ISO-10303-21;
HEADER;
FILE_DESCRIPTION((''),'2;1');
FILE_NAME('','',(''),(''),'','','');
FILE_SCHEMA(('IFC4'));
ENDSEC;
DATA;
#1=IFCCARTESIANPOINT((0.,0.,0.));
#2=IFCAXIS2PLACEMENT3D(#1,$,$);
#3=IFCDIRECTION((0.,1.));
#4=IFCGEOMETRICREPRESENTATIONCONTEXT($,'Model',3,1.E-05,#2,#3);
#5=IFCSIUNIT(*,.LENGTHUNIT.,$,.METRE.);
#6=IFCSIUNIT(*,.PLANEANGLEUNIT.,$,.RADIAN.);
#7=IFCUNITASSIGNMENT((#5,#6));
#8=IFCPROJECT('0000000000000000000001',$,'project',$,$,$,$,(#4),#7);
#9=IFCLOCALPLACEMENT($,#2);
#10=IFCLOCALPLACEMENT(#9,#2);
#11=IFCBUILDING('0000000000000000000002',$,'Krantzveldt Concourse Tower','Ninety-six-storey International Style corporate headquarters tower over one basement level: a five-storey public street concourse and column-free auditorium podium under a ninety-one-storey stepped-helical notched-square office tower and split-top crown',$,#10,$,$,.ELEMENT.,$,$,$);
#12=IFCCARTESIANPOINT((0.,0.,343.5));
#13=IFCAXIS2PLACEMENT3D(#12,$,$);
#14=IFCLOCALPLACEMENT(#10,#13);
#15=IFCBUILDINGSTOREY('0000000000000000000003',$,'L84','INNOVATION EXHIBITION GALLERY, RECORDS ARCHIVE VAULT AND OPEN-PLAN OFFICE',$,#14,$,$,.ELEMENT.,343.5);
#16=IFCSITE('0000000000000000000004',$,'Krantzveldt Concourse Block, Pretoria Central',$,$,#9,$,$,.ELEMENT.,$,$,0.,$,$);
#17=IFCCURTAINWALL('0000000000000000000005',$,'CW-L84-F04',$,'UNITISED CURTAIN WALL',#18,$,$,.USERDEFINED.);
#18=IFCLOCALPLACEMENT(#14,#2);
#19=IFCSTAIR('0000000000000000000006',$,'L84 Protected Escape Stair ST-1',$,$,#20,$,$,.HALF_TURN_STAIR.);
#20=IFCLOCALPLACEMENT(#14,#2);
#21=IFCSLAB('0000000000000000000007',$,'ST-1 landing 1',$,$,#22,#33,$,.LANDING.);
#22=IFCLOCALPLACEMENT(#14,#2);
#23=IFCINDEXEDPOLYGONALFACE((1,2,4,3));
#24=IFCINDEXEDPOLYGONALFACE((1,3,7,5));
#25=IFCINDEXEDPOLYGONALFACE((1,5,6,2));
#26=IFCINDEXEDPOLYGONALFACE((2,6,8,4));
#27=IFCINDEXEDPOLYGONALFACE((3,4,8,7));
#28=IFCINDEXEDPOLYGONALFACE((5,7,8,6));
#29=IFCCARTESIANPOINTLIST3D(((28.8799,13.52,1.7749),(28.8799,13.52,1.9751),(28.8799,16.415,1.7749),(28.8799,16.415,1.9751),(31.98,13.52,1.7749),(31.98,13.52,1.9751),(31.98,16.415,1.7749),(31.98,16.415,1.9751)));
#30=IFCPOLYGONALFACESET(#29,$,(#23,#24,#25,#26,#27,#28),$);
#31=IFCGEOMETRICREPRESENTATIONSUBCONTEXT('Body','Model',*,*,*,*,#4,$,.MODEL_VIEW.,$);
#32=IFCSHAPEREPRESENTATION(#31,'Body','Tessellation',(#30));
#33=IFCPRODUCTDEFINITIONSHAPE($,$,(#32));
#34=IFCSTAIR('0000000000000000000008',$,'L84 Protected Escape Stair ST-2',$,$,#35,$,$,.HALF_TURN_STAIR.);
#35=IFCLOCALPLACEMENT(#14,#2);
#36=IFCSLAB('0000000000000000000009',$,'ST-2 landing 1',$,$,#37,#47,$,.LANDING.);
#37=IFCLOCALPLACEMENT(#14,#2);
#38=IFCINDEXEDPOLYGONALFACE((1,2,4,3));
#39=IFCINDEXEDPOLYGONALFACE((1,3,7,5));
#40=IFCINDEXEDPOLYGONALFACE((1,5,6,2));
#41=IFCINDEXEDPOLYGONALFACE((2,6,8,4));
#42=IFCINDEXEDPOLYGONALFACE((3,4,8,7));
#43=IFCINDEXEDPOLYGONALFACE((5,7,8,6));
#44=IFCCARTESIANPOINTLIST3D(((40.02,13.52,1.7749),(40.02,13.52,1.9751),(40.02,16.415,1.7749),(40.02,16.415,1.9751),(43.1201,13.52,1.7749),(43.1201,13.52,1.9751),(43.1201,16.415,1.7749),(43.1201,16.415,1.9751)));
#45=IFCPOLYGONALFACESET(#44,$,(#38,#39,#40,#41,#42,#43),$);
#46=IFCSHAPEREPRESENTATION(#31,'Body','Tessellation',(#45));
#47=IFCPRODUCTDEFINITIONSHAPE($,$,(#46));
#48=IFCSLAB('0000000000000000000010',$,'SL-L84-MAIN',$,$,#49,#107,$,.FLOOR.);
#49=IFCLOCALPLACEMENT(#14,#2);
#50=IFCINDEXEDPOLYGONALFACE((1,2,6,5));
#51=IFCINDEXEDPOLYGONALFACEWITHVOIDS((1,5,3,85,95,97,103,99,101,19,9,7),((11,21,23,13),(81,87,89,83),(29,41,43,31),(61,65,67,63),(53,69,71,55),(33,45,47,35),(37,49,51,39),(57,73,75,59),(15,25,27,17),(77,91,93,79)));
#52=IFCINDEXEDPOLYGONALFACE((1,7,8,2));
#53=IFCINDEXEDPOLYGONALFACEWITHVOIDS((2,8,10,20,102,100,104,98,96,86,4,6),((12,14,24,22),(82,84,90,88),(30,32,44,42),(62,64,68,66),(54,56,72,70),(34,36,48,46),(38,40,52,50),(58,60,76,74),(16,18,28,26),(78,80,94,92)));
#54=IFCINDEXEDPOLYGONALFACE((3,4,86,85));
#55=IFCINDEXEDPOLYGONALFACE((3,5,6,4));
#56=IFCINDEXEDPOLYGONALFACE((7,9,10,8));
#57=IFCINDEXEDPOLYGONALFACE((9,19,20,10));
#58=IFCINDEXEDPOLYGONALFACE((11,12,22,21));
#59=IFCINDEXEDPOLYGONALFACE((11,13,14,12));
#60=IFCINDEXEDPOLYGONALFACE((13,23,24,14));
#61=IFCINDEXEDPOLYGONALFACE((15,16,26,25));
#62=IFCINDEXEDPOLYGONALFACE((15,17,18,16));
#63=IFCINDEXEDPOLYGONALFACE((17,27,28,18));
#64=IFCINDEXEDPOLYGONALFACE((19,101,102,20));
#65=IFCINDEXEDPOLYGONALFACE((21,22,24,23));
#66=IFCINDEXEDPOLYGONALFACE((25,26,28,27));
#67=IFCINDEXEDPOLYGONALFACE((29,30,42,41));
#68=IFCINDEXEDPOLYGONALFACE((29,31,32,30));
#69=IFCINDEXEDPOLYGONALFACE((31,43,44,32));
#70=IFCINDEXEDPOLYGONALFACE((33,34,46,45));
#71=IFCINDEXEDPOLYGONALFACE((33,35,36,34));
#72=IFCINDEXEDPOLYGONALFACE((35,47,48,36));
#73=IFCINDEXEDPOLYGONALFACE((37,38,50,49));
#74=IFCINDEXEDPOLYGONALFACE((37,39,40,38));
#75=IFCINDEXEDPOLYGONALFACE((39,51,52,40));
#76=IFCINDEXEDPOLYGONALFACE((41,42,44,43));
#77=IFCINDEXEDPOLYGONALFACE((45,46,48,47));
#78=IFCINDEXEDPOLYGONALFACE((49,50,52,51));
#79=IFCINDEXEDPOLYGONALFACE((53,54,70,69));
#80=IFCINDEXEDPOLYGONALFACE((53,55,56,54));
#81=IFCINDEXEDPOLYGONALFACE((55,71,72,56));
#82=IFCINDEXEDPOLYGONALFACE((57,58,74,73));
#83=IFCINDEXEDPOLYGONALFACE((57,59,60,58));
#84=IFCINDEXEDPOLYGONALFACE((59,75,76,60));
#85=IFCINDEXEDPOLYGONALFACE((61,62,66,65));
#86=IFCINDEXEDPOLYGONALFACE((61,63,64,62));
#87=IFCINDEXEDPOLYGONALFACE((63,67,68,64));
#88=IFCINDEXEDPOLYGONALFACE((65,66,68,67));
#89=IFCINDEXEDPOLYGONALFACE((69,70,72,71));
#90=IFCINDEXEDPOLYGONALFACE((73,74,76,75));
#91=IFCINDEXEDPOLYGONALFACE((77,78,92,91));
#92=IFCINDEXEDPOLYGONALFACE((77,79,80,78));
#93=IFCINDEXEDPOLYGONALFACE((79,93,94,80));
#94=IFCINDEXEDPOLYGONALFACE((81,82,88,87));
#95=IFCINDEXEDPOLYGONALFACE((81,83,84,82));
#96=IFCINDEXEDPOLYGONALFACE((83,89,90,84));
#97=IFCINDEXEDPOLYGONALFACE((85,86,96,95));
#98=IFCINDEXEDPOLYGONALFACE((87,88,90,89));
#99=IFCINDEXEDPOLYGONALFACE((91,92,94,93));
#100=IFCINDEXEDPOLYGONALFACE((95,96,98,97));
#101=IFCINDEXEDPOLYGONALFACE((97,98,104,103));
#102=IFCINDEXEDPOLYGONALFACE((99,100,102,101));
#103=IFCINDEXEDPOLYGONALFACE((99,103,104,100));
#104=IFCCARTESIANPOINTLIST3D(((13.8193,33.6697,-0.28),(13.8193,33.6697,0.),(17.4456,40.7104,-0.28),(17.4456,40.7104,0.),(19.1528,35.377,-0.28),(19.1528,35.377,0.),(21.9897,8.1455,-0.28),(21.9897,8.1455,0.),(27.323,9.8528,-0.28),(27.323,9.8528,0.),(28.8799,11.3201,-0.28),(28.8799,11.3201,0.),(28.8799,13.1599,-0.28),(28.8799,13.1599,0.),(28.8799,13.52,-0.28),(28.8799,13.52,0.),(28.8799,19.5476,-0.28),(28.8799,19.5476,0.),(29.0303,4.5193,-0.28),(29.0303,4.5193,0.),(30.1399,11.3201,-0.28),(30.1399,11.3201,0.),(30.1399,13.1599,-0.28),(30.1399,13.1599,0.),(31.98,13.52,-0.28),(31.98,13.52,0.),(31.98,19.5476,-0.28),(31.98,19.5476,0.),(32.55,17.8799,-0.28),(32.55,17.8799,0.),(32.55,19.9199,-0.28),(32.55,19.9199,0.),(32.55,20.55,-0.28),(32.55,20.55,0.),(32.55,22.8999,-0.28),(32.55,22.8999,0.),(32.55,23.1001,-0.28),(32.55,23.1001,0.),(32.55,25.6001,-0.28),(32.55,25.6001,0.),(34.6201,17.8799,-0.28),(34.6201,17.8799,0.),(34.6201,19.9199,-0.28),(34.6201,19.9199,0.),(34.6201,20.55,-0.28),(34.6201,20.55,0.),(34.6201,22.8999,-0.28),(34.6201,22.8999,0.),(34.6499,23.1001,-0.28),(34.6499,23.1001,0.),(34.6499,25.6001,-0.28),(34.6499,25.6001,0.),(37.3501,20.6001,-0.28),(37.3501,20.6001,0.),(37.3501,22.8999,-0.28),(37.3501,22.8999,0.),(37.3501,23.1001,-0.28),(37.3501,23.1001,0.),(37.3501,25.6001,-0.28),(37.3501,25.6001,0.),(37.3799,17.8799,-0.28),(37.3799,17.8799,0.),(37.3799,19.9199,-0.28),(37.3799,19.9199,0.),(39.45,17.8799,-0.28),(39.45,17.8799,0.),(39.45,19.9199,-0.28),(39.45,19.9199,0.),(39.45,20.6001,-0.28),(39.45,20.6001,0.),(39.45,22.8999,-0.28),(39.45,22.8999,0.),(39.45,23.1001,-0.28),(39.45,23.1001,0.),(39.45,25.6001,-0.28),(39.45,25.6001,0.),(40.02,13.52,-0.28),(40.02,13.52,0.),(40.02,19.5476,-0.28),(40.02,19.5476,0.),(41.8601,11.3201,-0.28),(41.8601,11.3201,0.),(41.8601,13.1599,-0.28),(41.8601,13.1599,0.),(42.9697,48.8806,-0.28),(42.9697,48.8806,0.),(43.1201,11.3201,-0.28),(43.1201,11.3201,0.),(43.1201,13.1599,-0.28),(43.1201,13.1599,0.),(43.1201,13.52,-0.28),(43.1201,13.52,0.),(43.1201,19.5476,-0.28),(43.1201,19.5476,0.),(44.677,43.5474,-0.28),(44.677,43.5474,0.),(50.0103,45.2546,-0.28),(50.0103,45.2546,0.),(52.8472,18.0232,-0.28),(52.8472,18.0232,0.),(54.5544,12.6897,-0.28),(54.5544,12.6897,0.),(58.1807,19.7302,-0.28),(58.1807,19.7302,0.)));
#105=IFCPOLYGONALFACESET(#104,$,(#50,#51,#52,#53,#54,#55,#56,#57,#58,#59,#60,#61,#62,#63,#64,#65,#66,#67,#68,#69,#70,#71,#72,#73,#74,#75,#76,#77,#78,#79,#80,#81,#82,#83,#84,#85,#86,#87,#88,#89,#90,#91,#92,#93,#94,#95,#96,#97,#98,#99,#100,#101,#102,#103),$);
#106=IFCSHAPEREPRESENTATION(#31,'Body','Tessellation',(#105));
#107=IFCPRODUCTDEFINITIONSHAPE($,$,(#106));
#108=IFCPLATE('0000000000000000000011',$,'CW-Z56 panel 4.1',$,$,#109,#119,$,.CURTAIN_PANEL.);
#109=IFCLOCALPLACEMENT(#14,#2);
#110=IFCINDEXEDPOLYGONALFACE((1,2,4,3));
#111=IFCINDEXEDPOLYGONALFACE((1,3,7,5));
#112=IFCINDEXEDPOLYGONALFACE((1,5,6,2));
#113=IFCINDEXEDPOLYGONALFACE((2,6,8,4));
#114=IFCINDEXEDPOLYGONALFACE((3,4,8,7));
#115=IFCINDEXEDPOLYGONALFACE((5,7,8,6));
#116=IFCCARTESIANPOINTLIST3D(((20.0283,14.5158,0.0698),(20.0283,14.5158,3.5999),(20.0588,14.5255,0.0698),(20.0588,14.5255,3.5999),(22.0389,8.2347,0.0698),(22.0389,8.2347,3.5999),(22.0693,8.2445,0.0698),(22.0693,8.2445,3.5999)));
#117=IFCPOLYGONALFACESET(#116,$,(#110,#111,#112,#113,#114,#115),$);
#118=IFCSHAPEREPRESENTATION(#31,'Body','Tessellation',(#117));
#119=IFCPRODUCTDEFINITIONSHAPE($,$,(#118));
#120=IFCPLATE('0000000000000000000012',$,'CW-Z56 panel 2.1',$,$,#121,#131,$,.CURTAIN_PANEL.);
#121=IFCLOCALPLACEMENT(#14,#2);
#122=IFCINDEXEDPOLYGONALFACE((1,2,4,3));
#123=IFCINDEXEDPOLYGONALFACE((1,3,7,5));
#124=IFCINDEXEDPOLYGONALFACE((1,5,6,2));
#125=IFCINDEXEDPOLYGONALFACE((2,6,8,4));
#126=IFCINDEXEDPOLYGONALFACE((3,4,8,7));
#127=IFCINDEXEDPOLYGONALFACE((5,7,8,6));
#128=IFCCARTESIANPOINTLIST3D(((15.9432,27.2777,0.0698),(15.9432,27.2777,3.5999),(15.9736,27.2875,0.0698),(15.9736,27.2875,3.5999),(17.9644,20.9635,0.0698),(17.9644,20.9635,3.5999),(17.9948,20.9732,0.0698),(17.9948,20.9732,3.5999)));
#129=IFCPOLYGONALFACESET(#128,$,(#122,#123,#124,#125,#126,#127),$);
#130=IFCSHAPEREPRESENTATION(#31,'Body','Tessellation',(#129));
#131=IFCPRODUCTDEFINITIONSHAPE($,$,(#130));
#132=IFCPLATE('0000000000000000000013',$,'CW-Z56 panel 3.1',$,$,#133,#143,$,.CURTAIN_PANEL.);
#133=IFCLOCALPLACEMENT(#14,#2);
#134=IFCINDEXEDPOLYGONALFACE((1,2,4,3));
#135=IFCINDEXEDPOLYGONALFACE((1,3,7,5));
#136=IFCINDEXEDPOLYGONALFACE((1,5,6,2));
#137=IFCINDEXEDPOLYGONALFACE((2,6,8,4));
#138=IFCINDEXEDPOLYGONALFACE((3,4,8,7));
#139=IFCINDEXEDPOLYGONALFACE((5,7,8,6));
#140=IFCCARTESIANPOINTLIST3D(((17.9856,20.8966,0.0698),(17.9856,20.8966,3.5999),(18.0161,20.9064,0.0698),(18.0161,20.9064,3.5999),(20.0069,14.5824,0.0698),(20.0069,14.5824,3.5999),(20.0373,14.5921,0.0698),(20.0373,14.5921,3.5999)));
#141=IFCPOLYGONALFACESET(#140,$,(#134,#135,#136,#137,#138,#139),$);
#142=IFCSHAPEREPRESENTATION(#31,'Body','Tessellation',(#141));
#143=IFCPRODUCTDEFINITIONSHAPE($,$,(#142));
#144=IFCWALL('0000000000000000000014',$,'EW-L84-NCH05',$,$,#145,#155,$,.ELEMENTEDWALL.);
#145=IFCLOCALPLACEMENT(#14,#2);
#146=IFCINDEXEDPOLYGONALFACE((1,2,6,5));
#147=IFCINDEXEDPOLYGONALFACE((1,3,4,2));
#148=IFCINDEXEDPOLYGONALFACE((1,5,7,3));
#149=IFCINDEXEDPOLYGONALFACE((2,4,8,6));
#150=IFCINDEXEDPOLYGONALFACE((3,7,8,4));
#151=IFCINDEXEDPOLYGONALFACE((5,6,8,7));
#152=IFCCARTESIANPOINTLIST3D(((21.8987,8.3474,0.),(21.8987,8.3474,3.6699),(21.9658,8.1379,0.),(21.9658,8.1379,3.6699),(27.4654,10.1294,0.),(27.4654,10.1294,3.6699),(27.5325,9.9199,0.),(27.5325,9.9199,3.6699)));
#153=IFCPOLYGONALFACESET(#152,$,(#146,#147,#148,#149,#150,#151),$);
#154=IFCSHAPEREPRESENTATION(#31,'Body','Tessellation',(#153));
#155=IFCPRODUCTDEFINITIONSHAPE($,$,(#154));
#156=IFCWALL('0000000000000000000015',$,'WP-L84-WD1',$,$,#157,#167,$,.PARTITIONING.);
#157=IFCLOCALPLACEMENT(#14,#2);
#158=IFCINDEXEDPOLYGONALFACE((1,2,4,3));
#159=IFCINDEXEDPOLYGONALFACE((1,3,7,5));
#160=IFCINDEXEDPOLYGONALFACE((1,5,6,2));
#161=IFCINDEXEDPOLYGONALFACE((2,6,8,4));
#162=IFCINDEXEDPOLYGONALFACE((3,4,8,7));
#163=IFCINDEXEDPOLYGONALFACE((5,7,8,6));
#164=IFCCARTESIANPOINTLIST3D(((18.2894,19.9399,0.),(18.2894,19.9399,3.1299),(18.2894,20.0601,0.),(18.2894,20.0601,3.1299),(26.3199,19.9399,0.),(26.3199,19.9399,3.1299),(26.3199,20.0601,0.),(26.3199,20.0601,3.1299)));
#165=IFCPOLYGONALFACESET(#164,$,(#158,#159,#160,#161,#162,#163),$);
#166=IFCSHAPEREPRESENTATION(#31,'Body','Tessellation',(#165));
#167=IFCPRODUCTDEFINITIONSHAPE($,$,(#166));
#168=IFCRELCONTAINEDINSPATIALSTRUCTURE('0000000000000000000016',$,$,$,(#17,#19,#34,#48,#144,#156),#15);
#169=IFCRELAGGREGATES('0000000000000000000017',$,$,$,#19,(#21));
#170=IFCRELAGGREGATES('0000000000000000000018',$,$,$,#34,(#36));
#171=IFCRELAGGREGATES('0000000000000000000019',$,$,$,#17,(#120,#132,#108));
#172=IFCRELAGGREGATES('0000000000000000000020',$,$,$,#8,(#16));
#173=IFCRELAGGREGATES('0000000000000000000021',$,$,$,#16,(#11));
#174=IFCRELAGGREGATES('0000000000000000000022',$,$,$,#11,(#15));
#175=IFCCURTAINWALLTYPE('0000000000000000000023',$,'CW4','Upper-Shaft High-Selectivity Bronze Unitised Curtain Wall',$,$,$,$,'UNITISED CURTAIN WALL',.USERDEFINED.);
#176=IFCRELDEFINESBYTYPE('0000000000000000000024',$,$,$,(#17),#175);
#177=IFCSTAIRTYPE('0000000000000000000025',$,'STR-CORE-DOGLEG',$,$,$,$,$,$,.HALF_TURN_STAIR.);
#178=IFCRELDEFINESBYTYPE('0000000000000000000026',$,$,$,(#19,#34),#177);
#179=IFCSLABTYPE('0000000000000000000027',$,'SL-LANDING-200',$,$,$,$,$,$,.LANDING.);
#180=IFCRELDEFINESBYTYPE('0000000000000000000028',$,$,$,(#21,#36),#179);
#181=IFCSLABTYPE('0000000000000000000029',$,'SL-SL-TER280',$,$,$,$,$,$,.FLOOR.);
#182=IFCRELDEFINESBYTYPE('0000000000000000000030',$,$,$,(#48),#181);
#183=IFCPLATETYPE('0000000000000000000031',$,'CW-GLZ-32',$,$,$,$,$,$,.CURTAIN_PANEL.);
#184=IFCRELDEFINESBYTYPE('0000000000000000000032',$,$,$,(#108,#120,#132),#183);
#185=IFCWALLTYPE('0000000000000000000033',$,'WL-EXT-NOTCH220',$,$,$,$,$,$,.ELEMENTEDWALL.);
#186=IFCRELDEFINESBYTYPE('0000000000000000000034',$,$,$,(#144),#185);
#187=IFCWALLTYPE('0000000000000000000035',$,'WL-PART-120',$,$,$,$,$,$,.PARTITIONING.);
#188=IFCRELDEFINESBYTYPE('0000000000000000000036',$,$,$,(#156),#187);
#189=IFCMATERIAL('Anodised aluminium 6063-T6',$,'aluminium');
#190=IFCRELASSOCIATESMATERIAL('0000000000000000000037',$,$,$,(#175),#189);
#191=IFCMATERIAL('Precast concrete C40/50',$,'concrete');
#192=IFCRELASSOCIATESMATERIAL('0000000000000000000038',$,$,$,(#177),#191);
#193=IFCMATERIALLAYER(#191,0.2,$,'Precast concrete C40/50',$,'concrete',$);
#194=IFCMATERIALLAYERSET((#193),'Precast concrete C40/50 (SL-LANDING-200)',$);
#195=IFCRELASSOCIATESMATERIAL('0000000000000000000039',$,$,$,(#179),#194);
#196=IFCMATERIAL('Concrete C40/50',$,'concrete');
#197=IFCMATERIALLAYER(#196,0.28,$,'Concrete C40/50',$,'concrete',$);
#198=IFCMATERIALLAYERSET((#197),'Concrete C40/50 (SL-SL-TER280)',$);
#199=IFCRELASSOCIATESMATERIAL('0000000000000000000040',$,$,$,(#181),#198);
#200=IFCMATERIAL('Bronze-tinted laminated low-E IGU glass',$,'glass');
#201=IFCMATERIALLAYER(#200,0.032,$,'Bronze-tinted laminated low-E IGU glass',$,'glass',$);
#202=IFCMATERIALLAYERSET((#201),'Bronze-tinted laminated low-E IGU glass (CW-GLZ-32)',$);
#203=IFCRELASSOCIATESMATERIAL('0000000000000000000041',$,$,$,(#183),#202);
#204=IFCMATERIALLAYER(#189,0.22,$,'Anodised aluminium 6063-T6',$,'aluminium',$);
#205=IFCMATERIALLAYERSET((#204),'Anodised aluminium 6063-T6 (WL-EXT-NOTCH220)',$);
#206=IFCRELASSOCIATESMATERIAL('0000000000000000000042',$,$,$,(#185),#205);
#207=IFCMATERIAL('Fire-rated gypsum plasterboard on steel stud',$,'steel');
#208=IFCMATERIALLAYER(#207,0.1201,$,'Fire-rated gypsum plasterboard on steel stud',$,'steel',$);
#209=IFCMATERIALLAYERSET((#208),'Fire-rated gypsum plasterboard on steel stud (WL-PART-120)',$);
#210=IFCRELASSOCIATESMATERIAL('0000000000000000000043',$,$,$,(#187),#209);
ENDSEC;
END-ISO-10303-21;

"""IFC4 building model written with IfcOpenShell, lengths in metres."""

from ifc_helpers import new_model, si_unit, direction, frame, frame_2d, origin, origin_2d, place, context, subcontext, project, spatial, polyline, rectangle, outline, extrude, source, transform, mapped, material, layer, layer_set, type_object, type_shapes, element, aggregate, save


model = new_model("IFC4")

# Units and contexts
model_context = context("Model", 3, precision=1e-05, world=origin(), true_north=direction((0.0, 1.0)))
body_context = subcontext(model_context, "Body", "Model", "MODEL_VIEW")
ifc_project = project(units=[si_unit("LENGTHUNIT", "METRE"), si_unit("PLANEANGLEUNIT", "RADIAN")], contexts=[model_context])

# Site, building, storey
site_placement = place(None, origin())
site = spatial("IfcSite", under=ifc_project, at=site_placement, Name="Krantzveldt Concourse Block, Pretoria Central", CompositionType="ELEMENT", RefElevation=0.0)
building_placement = place(site_placement, origin())
building = spatial("IfcBuilding", under=site, at=building_placement, Name="Krantzveldt Concourse Tower", Description="Ninety-six-storey International Style corporate headquarters tower over one basement level: a five-storey public street concourse and column-free auditorium podium under a ninety-one-storey stepped-helical notched-square office tower and split-top crown", CompositionType="ELEMENT")
storey_placement = place(building_placement, frame((0.0, 0.0, 343.5)))
storey = spatial("IfcBuildingStorey", under=building, at=storey_placement, Name="L84", Description="INNOVATION EXHIBITION GALLERY, RECORDS ARCHIVE VAULT AND OPEN-PLAN OFFICE", CompositionType="ELEMENT", Elevation=343.5)

# Curtain wall
ifc_material_1 = material(Name="Anodised aluminium 6063-T6", Category="aluminium")
curtain_wall_type = type_object("IfcCurtainWallType", Name="CW4", Description="Upper-Shaft High-Selectivity Bronze Unitised Curtain Wall", ElementType="UNITISED CURTAIN WALL", PredefinedType="USERDEFINED", material=ifc_material_1)
curtain_wall_placement = place(storey_placement, origin())
curtain_wall = element("IfcCurtainWall", 1, at=curtain_wall_placement, inside=storey, type_object=curtain_wall_type, Name="CW-L84-F04", ObjectType="UNITISED CURTAIN WALL", PredefinedType="USERDEFINED")

# Stairs, slabs
ifc_material_2 = material(Name="Precast concrete C40/50", Category="concrete")
stair_type = type_object("IfcStairType", Name="STR-CORE-DOGLEG", PredefinedType="HALF_TURN_STAIR", material=ifc_material_2)
stair_1_placement = place(storey_placement, origin())
stair_1 = element("IfcStair", 2, at=stair_1_placement, inside=storey, type_object=stair_type, Name="L84 Protected Escape Stair ST-1", PredefinedType="HALF_TURN_STAIR")
ifc_layer_1 = layer(ifc_material_2, 0.2, Name="Precast concrete C40/50", Category="concrete")
ifc_layer_set_1 = layer_set([ifc_layer_1], Name="Precast concrete C40/50 (SL-LANDING-200)")
slab_type_1 = type_object("IfcSlabType", Name="SL-LANDING-200", PredefinedType="LANDING", material=ifc_layer_set_1)
slab_1_placement = place(storey_placement, frame((0.0, 0.0, 1.7749)))
slab_1 = element("IfcSlab", 3, at=slab_1_placement, type_object=slab_type_1, Name="ST-1 landing 1", PredefinedType="LANDING", context=body_context, shape_type="SweptSolid", body=[
    extrude(outline(polyline([(28.8799, 16.415), (28.8799, 13.52), (31.98, 13.52), (31.98, 16.415), (28.8799, 16.415)])), origin(), (0.0, 0.0, 1.0), 0.2002),
])
aggregate(stair_1, [slab_1])
stair_2_placement = place(storey_placement, origin())
stair_2 = element("IfcStair", 4, at=stair_2_placement, inside=storey, type_object=stair_type, Name="L84 Protected Escape Stair ST-2", PredefinedType="HALF_TURN_STAIR")
slab_2_placement = place(storey_placement, frame((0.0, 0.0, 1.7749)))
slab_2 = element("IfcSlab", 5, at=slab_2_placement, type_object=slab_type_1, Name="ST-2 landing 1", PredefinedType="LANDING", context=body_context, shape_type="SweptSolid", body=[
    extrude(outline(polyline([(40.02, 16.415), (40.02, 13.52), (43.1201, 13.52), (43.1201, 16.415), (40.02, 16.415)])), origin(), (0.0, 0.0, 1.0), 0.2002),
])
aggregate(stair_2, [slab_2])

# Slab
ifc_material_3 = material(Name="Concrete C40/50", Category="concrete")
ifc_layer_2 = layer(ifc_material_3, 0.28, Name="Concrete C40/50", Category="concrete")
ifc_layer_set_2 = layer_set([ifc_layer_2], Name="Concrete C40/50 (SL-SL-TER280)")
slab_type_2 = type_object("IfcSlabType", Name="SL-SL-TER280", PredefinedType="FLOOR", material=ifc_layer_set_2)
slab_3_placement = place(storey_placement, frame((0.0, 0.0, -0.28)))
element("IfcSlab", 6, at=slab_3_placement, inside=storey, type_object=slab_type_2, Name="SL-L84-MAIN", PredefinedType="FLOOR", context=body_context, shape_type="SweptSolid", body=[
    extrude(outline(polyline([(44.677, 43.5474), (42.9697, 48.8806), (17.4456, 40.7104), (19.1528, 35.377), (13.8193, 33.6697), (21.9897, 8.1455), (27.323, 9.8528), (29.0303, 4.5193), (54.5544, 12.6897), (52.8472, 18.0232), (58.1807, 19.7302), (50.0103, 45.2546), (44.677, 43.5474)]), holes=[polyline([(28.8799, 19.5476), (28.8799, 13.52), (31.98, 13.52), (31.98, 19.5476), (28.8799, 19.5476)]), polyline([(40.02, 19.5476), (40.02, 13.52), (43.1201, 13.52), (43.1201, 19.5476), (40.02, 19.5476)]), polyline([(32.55, 23.1001), (34.6499, 23.1001), (34.6499, 25.6001), (32.55, 25.6001), (32.55, 23.1001)]), polyline([(37.3501, 23.1001), (39.45, 23.1001), (39.45, 25.6001), (37.3501, 25.6001), (37.3501, 23.1001)]), polyline([(37.3501, 20.6001), (39.45, 20.6001), (39.45, 22.8999), (37.3501, 22.8999), (37.3501, 20.6001)]), polyline([(32.55, 20.55), (34.6201, 20.55), (34.6201, 22.8999), (32.55, 22.8999), (32.55, 20.55)]), polyline([(32.55, 17.8799), (34.6201, 17.8799), (34.6201, 19.9199), (32.55, 19.9199), (32.55, 17.8799)]), polyline([(37.3799, 17.8799), (39.45, 17.8799), (39.45, 19.9199), (37.3799, 19.9199), (37.3799, 17.8799)]), polyline([(28.8799, 11.3201), (30.1399, 11.3201), (30.1399, 13.1599), (28.8799, 13.1599), (28.8799, 11.3201)]), polyline([(41.8601, 11.3201), (43.1201, 11.3201), (43.1201, 13.1599), (41.8601, 13.1599), (41.8601, 11.3201)])]), origin(), (0.0, 0.0, 1.0), 0.28),
])

# Plates
ifc_material_4 = material(Name="Bronze-tinted laminated low-E IGU glass", Category="glass")
ifc_layer_3 = layer(ifc_material_4, 0.032, Name="Bronze-tinted laminated low-E IGU glass", Category="glass")
ifc_layer_set_3 = layer_set([ifc_layer_3], Name="Bronze-tinted laminated low-E IGU glass (CW-GLZ-32)")
plate_type = type_object("IfcPlateType", Name="CW-GLZ-32", PredefinedType="CURTAIN_PANEL", material=ifc_layer_set_3)
shared_shape_1 = source(origin(), body_context, "Body", "SweptSolid", [
    extrude(rectangle(XDim=6.595, YDim=0.032, at=origin_2d()), origin(), (0.0, 0.0, 1.0), 3.53),
])
plate_1_placement = place(storey_placement, frame((21.0488, 11.3801, 0.0698), z_axis=(0.0, 0.0, 1.0), x_axis=(0.304864, -0.952396, 0.0)))
plate_1 = element("IfcPlate", 7, at=plate_1_placement, type_object=plate_type, Name="CW-Z56 panel 4.1", PredefinedType="CURTAIN_PANEL", context=body_context, shape_type="MappedRepresentation", body=[
    mapped(shared_shape_1, transform((0.0, 0.0, 0.0), x_axis=(1.0, 0.0, 0.0), y_axis=(0.0, 1.0, 0.0), z_axis=(0.0, 0.0, 1.0), scale=1.0)),
])
shared_shape_2 = source(origin(), body_context, "Body", "SweptSolid", [
    extrude(rectangle(XDim=6.6299, YDim=0.032, at=origin_2d()), origin(), (0.0, 0.0, 1.0), 3.53),
])
type_shapes(plate_type, [shared_shape_1, shared_shape_2])
plate_2_placement = place(storey_placement, frame((16.969, 24.1255, 0.0698), z_axis=(0.0, 0.0, 1.0), x_axis=(0.304864, -0.952396, 0.0)))
plate_2 = element("IfcPlate", 8, at=plate_2_placement, type_object=plate_type, Name="CW-Z56 panel 2.1", PredefinedType="CURTAIN_PANEL", context=body_context, shape_type="MappedRepresentation", body=[
    mapped(shared_shape_2, transform((0.0, 0.0, 0.0), x_axis=(1.0, 0.0, 0.0), y_axis=(0.0, 1.0, 0.0), z_axis=(0.0, 0.0, 1.0), scale=1.0)),
])
plate_3_placement = place(storey_placement, frame((19.0115, 17.7444, 0.0698), z_axis=(0.0, 0.0, 1.0), x_axis=(0.304864, -0.952396, 0.0)))
plate_3 = element("IfcPlate", 9, at=plate_3_placement, type_object=plate_type, Name="CW-Z56 panel 3.1", PredefinedType="CURTAIN_PANEL", context=body_context, shape_type="MappedRepresentation", body=[
    mapped(shared_shape_2, transform((0.0, 0.0, 0.0), x_axis=(1.0, 0.0, 0.0), y_axis=(0.0, 1.0, 0.0), z_axis=(0.0, 0.0, 1.0), scale=1.0)),
])
aggregate(curtain_wall, [plate_2, plate_3, plate_1])

# Walls
ifc_layer_4 = layer(ifc_material_1, 0.22, Name="Anodised aluminium 6063-T6", Category="aluminium")
ifc_layer_set_4 = layer_set([ifc_layer_4], Name="Anodised aluminium 6063-T6 (WL-EXT-NOTCH220)")
wall_type_1 = type_object("IfcWallType", Name="WL-EXT-NOTCH220", PredefinedType="ELEMENTEDWALL", material=ifc_layer_set_4)
wall_1_placement = place(storey_placement, frame((21.9324, 8.2427, 0.0), z_axis=(0.0, 0.0, 1.0), x_axis=(0.952392, 0.304877, 0.0)))
element("IfcWall", 10, at=wall_1_placement, inside=storey, type_object=wall_type_1, Name="EW-L84-NCH05", PredefinedType="ELEMENTEDWALL", context=body_context, shape_type="SweptSolid", body=[
    extrude(rectangle(XDim=5.845, YDim=0.22, at=frame_2d((2.9224, 0.0))), origin(), (0.0, 0.0, 1.0), 3.6699),
])
ifc_material_5 = material(Name="Fire-rated gypsum plasterboard on steel stud", Category="steel")
ifc_layer_5 = layer(ifc_material_5, 0.1201, Name="Fire-rated gypsum plasterboard on steel stud", Category="steel")
ifc_layer_set_5 = layer_set([ifc_layer_5], Name="Fire-rated gypsum plasterboard on steel stud (WL-PART-120)")
wall_type_2 = type_object("IfcWallType", Name="WL-PART-120", PredefinedType="PARTITIONING", material=ifc_layer_set_5)
wall_2_placement = place(storey_placement, frame((18.2896, 20.0, 0.0), z_axis=(0.0, 0.0, 1.0), x_axis=(1.0, 0.0, 0.0)))
element("IfcWall", 11, at=wall_2_placement, inside=storey, type_object=wall_type_2, Name="WP-L84-WD1", PredefinedType="PARTITIONING", context=body_context, shape_type="SweptSolid", body=[
    extrude(rectangle(XDim=8.0305, YDim=0.1201, at=frame_2d((4.0151, 0.0))), origin(), (0.0, 0.0, 1.0), 3.1299),
])

save(model, "model.ifc")
